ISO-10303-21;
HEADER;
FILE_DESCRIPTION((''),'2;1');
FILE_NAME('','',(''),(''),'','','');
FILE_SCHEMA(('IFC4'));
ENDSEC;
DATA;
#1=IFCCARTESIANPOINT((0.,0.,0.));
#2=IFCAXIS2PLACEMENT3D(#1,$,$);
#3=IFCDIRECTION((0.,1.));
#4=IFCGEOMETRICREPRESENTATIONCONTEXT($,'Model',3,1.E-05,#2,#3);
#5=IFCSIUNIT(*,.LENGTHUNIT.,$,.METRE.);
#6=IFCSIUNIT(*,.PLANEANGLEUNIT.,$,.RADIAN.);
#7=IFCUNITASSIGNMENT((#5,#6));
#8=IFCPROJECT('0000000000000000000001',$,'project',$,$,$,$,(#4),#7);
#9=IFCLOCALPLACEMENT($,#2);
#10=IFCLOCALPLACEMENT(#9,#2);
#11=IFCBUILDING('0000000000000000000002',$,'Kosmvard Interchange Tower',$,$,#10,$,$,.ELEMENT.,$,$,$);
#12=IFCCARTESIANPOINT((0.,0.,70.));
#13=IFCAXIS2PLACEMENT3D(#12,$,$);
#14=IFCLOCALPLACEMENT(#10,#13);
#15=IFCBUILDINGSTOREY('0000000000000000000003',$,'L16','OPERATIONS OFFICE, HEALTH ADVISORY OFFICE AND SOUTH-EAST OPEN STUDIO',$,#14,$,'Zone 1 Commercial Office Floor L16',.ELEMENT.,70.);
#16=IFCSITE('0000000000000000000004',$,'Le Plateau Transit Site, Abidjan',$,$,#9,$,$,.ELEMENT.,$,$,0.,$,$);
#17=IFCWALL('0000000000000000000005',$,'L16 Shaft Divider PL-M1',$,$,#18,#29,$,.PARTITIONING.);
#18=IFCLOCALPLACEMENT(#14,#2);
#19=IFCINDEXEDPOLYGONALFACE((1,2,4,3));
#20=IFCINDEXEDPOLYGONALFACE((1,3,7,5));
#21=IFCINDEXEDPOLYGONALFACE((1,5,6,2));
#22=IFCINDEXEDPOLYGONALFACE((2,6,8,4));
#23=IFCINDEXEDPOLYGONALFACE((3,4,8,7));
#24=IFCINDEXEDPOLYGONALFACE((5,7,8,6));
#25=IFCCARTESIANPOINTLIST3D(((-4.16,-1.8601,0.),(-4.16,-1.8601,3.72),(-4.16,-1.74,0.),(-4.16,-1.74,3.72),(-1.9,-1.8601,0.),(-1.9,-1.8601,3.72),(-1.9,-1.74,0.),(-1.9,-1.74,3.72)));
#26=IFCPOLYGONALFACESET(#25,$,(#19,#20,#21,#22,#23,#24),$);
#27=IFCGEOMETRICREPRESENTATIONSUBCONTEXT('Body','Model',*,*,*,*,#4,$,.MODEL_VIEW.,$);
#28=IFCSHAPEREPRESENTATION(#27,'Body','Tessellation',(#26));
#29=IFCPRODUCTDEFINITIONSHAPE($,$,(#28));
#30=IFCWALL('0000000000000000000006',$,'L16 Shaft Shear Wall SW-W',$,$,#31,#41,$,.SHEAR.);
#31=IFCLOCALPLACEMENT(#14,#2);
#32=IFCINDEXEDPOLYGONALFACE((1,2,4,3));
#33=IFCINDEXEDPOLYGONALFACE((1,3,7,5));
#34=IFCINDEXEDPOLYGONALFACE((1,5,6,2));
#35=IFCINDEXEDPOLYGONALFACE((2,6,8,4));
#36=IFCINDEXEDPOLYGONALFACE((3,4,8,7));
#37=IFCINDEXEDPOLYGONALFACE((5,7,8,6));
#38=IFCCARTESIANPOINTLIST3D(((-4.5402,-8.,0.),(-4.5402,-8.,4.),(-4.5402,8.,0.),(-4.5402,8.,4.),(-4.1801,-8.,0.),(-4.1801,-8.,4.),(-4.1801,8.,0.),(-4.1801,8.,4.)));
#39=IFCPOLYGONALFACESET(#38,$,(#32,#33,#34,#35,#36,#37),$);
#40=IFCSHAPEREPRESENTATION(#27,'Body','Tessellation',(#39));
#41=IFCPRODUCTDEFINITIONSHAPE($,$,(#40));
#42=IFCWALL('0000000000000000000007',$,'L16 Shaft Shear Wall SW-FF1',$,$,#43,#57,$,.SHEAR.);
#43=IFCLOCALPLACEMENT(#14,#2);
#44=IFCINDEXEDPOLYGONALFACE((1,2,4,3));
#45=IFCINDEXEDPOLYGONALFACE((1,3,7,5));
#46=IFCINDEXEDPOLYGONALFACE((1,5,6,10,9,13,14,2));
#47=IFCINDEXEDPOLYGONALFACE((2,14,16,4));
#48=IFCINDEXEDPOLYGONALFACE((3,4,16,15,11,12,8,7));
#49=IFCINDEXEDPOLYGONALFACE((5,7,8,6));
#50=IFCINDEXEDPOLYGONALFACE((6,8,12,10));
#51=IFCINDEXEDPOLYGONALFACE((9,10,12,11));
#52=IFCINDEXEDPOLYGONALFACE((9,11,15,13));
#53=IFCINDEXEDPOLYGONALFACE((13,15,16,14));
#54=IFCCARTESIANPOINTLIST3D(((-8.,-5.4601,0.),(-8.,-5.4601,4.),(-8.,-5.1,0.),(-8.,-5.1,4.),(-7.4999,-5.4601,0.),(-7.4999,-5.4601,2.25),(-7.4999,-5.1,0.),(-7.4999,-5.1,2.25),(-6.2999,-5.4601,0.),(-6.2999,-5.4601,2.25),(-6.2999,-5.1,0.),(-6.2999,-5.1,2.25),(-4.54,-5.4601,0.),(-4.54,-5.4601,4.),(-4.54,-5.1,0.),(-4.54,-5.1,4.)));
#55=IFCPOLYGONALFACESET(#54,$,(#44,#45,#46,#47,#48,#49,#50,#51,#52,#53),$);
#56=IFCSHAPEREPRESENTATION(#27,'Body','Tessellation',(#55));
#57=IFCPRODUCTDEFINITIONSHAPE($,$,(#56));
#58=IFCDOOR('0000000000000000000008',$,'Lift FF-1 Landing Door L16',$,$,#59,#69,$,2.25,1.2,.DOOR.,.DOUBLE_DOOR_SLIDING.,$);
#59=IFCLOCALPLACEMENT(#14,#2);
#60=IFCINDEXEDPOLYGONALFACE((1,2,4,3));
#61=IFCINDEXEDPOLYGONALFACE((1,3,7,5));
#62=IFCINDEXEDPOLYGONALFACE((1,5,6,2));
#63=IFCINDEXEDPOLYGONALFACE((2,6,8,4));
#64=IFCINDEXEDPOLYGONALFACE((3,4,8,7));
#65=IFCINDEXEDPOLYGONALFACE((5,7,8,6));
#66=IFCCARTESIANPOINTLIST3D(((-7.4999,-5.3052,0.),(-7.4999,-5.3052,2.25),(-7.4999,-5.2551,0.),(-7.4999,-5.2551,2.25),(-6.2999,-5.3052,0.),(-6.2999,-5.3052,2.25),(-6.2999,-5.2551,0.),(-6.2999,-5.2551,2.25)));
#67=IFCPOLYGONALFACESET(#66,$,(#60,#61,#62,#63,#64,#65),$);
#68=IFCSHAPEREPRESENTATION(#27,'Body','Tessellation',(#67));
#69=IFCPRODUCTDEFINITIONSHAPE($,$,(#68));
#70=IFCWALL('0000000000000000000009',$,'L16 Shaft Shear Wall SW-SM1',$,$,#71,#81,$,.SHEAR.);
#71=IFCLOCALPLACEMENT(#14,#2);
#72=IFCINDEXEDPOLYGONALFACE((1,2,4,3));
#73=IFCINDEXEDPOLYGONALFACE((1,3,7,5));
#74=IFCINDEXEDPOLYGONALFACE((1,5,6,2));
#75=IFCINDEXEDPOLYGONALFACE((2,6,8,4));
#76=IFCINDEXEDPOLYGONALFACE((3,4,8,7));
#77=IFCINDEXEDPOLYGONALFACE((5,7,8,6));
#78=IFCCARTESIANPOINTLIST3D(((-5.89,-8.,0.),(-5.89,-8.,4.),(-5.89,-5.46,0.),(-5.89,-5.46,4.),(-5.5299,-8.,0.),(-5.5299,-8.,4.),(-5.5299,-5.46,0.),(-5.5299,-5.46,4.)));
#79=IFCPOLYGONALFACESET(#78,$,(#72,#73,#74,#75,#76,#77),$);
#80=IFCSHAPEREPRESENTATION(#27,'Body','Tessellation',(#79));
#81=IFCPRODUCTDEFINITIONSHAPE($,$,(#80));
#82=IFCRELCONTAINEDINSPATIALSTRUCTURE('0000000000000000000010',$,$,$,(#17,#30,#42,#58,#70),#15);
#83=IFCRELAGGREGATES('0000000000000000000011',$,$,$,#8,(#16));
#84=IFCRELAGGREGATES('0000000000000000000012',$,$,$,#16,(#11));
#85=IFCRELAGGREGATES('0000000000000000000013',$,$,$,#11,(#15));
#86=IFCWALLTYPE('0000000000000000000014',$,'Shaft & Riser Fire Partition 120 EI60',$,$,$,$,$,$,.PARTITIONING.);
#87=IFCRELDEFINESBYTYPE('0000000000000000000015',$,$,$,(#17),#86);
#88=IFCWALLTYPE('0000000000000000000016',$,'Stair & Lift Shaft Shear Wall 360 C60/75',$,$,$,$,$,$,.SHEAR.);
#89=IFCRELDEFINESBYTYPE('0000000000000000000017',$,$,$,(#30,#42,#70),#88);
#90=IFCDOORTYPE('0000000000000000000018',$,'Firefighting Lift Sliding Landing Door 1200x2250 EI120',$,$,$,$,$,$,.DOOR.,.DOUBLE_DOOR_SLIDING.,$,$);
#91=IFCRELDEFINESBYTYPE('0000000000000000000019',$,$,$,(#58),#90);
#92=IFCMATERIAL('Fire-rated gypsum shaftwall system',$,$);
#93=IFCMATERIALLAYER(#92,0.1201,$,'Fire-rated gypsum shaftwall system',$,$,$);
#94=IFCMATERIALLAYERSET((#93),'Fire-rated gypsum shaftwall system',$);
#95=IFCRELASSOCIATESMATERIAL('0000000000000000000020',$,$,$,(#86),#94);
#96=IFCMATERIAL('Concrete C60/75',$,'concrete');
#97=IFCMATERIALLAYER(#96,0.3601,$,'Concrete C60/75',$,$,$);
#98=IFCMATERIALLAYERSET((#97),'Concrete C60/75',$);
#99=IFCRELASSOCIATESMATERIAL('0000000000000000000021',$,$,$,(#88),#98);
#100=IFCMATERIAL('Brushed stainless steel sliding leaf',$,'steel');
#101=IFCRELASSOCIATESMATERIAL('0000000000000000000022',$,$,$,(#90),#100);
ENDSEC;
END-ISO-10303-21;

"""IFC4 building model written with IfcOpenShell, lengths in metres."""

from ifc_helpers import new_model, si_unit, direction, frame, frame_2d, origin, place, context, subcontext, project, spatial, rectangle, extrude, source, transform, mapped, material, layer, layer_set, type_object, element, fill, save


model = new_model("IFC4")

# Units and contexts
model_context = context("Model", 3, precision=1e-05, world=origin(), true_north=direction((0.0, 1.0)))
body_context = subcontext(model_context, "Body", "Model", "MODEL_VIEW")
ifc_project = project(units=[si_unit("LENGTHUNIT", "METRE"), si_unit("PLANEANGLEUNIT", "RADIAN")], contexts=[model_context])

# Site, building, storey
site_placement = place(None, origin())
site = spatial("IfcSite", under=ifc_project, at=site_placement, Name="Le Plateau Transit Site, Abidjan", CompositionType="ELEMENT", RefElevation=0.0)
building_placement = place(site_placement, origin())
building = spatial("IfcBuilding", under=site, at=building_placement, Name="Kosmvard Interchange Tower", CompositionType="ELEMENT")
storey_placement = place(building_placement, frame((0.0, 0.0, 70.0)))
storey = spatial("IfcBuildingStorey", under=building, at=storey_placement, Name="L16", Description="OPERATIONS OFFICE, HEALTH ADVISORY OFFICE AND SOUTH-EAST OPEN STUDIO", LongName="Zone 1 Commercial Office Floor L16", CompositionType="ELEMENT", Elevation=70.0)

# Shared definitions
ifc_material_1 = material(Name="Brushed stainless steel sliding leaf", Category="steel")

# Walls
ifc_material_2 = material(Name="Fire-rated gypsum shaftwall system")
ifc_layer_1 = layer(ifc_material_2, 0.1201, Name="Fire-rated gypsum shaftwall system")
ifc_layer_set_1 = layer_set([ifc_layer_1], Name="Fire-rated gypsum shaftwall system")
wall_type_1 = type_object("IfcWallType", Name="Shaft & Riser Fire Partition 120 EI60", PredefinedType="PARTITIONING", material=ifc_layer_set_1)
for number, where, z_axis, x_axis, name in (
    (1, (-4.1599, -1.8, 0.0), (0.0, 0.0, 1.0), (1.0, 0.0, 0.0), "L16 Shaft Divider PL-M1"),
):
    element("IfcWall", number, at=place(storey_placement, frame(where, z_axis=z_axis, x_axis=x_axis)), inside=storey, type_object=wall_type_1, Name=name, PredefinedType="PARTITIONING", context=body_context, shape_type="SweptSolid", body=[
        extrude(rectangle(XDim=2.26, YDim=0.1201, at=frame_2d((1.1299, 0.0))), origin(), (0.0, 0.0, 1.0), 3.72),
    ])
ifc_material_3 = material(Name="Concrete C60/75", Category="concrete")
ifc_layer_2 = layer(ifc_material_3, 0.3601, Name="Concrete C60/75")
ifc_layer_set_2 = layer_set([ifc_layer_2], Name="Concrete C60/75")
wall_type_2 = type_object("IfcWallType", Name="Stair & Lift Shaft Shear Wall 360 C60/75", PredefinedType="SHEAR", material=ifc_layer_set_2)
wall_1_placement = place(storey_placement, frame((-4.3601, -8.0, 0.0), z_axis=(0.0, 0.0, 1.0), x_axis=(0.0, 1.0, 0.0)))
element("IfcWall", 2, at=wall_1_placement, inside=storey, type_object=wall_type_2, Name="L16 Shaft Shear Wall SW-W", PredefinedType="SHEAR", context=body_context, shape_type="SweptSolid", body=[
    extrude(rectangle(XDim=16.0, YDim=0.3601, at=frame_2d((8.0, 0.0))), origin(), (0.0, 0.0, 1.0), 4.0),
])

# Wall, opening, door
wall_2_placement = place(storey_placement, frame((-8.0, -5.28, 0.0), z_axis=(0.0, 0.0, 1.0), x_axis=(1.0, 0.0, 0.0)))
wall_2 = element("IfcWall", 3, at=wall_2_placement, inside=storey, type_object=wall_type_2, Name="L16 Shaft Shear Wall SW-FF1", PredefinedType="SHEAR", context=body_context, shape_type="SweptSolid", body=[
    extrude(rectangle(XDim=3.46, YDim=0.3601, at=frame_2d((1.73, 0.0))), origin(), (0.0, 0.0, 1.0), 4.0),
])
opening_1_placement = place(wall_2_placement, frame((0.5, 0.0, 0.0)))
opening_1 = element("IfcOpeningElement", 4, at=opening_1_placement, cuts=wall_2, PredefinedType="OPENING", context=body_context, shape_type="SweptSolid", body=[
    extrude(rectangle(XDim=1.2, YDim=2.25, at=frame_2d((0.6001, 1.125))), frame((0.0, 0.1899, 0.0), z_axis=(0.0, -1.0, 0.0), x_axis=(1.0, 0.0, 0.0)), (0.0, 0.0, 1.0), 0.3801),
])
door_type_1 = type_object("IfcDoorType", Name="Firefighting Lift Sliding Landing Door 1200x2250 EI120", OperationType="DOUBLE_DOOR_SLIDING", PredefinedType="DOOR", material=ifc_material_1)
shared_shape_1 = source(origin(), body_context, "Body", "SweptSolid", [
    extrude(rectangle(XDim=1.2, YDim=2.25, at=frame_2d((0.6001, 1.125))), frame((0.0, 0.0249, 0.0), z_axis=(0.0, -1.0, 0.0), x_axis=(1.0, 0.0, 0.0)), (0.0, 0.0, 1.0), 0.05),
])
door_1_placement = place(opening_1_placement, origin())
door_1 = element("IfcDoor", 5, at=door_1_placement, inside=storey, type_object=door_type_1, Name="Lift FF-1 Landing Door L16", OperationType="DOUBLE_DOOR_SLIDING", OverallHeight=2.25, OverallWidth=1.2, PredefinedType="DOOR", context=body_context, shape_type="MappedRepresentation", body=[
    mapped(shared_shape_1, transform((0.0, 0.0, 0.0), scale=1.0)),
])
fill(opening_1, door_1)

# Wall
wall_3_placement = place(storey_placement, frame((-5.71, -8.0, 0.0), z_axis=(0.0, 0.0, 1.0), x_axis=(0.0, 1.0, 0.0)))
element("IfcWall", 6, at=wall_3_placement, inside=storey, type_object=wall_type_2, Name="L16 Shaft Shear Wall SW-SM1", PredefinedType="SHEAR", context=body_context, shape_type="SweptSolid", body=[
    extrude(rectangle(XDim=2.54, YDim=0.3601, at=frame_2d((1.27, 0.0))), origin(), (0.0, 0.0, 1.0), 4.0),
])

save(model, "model.ifc")
